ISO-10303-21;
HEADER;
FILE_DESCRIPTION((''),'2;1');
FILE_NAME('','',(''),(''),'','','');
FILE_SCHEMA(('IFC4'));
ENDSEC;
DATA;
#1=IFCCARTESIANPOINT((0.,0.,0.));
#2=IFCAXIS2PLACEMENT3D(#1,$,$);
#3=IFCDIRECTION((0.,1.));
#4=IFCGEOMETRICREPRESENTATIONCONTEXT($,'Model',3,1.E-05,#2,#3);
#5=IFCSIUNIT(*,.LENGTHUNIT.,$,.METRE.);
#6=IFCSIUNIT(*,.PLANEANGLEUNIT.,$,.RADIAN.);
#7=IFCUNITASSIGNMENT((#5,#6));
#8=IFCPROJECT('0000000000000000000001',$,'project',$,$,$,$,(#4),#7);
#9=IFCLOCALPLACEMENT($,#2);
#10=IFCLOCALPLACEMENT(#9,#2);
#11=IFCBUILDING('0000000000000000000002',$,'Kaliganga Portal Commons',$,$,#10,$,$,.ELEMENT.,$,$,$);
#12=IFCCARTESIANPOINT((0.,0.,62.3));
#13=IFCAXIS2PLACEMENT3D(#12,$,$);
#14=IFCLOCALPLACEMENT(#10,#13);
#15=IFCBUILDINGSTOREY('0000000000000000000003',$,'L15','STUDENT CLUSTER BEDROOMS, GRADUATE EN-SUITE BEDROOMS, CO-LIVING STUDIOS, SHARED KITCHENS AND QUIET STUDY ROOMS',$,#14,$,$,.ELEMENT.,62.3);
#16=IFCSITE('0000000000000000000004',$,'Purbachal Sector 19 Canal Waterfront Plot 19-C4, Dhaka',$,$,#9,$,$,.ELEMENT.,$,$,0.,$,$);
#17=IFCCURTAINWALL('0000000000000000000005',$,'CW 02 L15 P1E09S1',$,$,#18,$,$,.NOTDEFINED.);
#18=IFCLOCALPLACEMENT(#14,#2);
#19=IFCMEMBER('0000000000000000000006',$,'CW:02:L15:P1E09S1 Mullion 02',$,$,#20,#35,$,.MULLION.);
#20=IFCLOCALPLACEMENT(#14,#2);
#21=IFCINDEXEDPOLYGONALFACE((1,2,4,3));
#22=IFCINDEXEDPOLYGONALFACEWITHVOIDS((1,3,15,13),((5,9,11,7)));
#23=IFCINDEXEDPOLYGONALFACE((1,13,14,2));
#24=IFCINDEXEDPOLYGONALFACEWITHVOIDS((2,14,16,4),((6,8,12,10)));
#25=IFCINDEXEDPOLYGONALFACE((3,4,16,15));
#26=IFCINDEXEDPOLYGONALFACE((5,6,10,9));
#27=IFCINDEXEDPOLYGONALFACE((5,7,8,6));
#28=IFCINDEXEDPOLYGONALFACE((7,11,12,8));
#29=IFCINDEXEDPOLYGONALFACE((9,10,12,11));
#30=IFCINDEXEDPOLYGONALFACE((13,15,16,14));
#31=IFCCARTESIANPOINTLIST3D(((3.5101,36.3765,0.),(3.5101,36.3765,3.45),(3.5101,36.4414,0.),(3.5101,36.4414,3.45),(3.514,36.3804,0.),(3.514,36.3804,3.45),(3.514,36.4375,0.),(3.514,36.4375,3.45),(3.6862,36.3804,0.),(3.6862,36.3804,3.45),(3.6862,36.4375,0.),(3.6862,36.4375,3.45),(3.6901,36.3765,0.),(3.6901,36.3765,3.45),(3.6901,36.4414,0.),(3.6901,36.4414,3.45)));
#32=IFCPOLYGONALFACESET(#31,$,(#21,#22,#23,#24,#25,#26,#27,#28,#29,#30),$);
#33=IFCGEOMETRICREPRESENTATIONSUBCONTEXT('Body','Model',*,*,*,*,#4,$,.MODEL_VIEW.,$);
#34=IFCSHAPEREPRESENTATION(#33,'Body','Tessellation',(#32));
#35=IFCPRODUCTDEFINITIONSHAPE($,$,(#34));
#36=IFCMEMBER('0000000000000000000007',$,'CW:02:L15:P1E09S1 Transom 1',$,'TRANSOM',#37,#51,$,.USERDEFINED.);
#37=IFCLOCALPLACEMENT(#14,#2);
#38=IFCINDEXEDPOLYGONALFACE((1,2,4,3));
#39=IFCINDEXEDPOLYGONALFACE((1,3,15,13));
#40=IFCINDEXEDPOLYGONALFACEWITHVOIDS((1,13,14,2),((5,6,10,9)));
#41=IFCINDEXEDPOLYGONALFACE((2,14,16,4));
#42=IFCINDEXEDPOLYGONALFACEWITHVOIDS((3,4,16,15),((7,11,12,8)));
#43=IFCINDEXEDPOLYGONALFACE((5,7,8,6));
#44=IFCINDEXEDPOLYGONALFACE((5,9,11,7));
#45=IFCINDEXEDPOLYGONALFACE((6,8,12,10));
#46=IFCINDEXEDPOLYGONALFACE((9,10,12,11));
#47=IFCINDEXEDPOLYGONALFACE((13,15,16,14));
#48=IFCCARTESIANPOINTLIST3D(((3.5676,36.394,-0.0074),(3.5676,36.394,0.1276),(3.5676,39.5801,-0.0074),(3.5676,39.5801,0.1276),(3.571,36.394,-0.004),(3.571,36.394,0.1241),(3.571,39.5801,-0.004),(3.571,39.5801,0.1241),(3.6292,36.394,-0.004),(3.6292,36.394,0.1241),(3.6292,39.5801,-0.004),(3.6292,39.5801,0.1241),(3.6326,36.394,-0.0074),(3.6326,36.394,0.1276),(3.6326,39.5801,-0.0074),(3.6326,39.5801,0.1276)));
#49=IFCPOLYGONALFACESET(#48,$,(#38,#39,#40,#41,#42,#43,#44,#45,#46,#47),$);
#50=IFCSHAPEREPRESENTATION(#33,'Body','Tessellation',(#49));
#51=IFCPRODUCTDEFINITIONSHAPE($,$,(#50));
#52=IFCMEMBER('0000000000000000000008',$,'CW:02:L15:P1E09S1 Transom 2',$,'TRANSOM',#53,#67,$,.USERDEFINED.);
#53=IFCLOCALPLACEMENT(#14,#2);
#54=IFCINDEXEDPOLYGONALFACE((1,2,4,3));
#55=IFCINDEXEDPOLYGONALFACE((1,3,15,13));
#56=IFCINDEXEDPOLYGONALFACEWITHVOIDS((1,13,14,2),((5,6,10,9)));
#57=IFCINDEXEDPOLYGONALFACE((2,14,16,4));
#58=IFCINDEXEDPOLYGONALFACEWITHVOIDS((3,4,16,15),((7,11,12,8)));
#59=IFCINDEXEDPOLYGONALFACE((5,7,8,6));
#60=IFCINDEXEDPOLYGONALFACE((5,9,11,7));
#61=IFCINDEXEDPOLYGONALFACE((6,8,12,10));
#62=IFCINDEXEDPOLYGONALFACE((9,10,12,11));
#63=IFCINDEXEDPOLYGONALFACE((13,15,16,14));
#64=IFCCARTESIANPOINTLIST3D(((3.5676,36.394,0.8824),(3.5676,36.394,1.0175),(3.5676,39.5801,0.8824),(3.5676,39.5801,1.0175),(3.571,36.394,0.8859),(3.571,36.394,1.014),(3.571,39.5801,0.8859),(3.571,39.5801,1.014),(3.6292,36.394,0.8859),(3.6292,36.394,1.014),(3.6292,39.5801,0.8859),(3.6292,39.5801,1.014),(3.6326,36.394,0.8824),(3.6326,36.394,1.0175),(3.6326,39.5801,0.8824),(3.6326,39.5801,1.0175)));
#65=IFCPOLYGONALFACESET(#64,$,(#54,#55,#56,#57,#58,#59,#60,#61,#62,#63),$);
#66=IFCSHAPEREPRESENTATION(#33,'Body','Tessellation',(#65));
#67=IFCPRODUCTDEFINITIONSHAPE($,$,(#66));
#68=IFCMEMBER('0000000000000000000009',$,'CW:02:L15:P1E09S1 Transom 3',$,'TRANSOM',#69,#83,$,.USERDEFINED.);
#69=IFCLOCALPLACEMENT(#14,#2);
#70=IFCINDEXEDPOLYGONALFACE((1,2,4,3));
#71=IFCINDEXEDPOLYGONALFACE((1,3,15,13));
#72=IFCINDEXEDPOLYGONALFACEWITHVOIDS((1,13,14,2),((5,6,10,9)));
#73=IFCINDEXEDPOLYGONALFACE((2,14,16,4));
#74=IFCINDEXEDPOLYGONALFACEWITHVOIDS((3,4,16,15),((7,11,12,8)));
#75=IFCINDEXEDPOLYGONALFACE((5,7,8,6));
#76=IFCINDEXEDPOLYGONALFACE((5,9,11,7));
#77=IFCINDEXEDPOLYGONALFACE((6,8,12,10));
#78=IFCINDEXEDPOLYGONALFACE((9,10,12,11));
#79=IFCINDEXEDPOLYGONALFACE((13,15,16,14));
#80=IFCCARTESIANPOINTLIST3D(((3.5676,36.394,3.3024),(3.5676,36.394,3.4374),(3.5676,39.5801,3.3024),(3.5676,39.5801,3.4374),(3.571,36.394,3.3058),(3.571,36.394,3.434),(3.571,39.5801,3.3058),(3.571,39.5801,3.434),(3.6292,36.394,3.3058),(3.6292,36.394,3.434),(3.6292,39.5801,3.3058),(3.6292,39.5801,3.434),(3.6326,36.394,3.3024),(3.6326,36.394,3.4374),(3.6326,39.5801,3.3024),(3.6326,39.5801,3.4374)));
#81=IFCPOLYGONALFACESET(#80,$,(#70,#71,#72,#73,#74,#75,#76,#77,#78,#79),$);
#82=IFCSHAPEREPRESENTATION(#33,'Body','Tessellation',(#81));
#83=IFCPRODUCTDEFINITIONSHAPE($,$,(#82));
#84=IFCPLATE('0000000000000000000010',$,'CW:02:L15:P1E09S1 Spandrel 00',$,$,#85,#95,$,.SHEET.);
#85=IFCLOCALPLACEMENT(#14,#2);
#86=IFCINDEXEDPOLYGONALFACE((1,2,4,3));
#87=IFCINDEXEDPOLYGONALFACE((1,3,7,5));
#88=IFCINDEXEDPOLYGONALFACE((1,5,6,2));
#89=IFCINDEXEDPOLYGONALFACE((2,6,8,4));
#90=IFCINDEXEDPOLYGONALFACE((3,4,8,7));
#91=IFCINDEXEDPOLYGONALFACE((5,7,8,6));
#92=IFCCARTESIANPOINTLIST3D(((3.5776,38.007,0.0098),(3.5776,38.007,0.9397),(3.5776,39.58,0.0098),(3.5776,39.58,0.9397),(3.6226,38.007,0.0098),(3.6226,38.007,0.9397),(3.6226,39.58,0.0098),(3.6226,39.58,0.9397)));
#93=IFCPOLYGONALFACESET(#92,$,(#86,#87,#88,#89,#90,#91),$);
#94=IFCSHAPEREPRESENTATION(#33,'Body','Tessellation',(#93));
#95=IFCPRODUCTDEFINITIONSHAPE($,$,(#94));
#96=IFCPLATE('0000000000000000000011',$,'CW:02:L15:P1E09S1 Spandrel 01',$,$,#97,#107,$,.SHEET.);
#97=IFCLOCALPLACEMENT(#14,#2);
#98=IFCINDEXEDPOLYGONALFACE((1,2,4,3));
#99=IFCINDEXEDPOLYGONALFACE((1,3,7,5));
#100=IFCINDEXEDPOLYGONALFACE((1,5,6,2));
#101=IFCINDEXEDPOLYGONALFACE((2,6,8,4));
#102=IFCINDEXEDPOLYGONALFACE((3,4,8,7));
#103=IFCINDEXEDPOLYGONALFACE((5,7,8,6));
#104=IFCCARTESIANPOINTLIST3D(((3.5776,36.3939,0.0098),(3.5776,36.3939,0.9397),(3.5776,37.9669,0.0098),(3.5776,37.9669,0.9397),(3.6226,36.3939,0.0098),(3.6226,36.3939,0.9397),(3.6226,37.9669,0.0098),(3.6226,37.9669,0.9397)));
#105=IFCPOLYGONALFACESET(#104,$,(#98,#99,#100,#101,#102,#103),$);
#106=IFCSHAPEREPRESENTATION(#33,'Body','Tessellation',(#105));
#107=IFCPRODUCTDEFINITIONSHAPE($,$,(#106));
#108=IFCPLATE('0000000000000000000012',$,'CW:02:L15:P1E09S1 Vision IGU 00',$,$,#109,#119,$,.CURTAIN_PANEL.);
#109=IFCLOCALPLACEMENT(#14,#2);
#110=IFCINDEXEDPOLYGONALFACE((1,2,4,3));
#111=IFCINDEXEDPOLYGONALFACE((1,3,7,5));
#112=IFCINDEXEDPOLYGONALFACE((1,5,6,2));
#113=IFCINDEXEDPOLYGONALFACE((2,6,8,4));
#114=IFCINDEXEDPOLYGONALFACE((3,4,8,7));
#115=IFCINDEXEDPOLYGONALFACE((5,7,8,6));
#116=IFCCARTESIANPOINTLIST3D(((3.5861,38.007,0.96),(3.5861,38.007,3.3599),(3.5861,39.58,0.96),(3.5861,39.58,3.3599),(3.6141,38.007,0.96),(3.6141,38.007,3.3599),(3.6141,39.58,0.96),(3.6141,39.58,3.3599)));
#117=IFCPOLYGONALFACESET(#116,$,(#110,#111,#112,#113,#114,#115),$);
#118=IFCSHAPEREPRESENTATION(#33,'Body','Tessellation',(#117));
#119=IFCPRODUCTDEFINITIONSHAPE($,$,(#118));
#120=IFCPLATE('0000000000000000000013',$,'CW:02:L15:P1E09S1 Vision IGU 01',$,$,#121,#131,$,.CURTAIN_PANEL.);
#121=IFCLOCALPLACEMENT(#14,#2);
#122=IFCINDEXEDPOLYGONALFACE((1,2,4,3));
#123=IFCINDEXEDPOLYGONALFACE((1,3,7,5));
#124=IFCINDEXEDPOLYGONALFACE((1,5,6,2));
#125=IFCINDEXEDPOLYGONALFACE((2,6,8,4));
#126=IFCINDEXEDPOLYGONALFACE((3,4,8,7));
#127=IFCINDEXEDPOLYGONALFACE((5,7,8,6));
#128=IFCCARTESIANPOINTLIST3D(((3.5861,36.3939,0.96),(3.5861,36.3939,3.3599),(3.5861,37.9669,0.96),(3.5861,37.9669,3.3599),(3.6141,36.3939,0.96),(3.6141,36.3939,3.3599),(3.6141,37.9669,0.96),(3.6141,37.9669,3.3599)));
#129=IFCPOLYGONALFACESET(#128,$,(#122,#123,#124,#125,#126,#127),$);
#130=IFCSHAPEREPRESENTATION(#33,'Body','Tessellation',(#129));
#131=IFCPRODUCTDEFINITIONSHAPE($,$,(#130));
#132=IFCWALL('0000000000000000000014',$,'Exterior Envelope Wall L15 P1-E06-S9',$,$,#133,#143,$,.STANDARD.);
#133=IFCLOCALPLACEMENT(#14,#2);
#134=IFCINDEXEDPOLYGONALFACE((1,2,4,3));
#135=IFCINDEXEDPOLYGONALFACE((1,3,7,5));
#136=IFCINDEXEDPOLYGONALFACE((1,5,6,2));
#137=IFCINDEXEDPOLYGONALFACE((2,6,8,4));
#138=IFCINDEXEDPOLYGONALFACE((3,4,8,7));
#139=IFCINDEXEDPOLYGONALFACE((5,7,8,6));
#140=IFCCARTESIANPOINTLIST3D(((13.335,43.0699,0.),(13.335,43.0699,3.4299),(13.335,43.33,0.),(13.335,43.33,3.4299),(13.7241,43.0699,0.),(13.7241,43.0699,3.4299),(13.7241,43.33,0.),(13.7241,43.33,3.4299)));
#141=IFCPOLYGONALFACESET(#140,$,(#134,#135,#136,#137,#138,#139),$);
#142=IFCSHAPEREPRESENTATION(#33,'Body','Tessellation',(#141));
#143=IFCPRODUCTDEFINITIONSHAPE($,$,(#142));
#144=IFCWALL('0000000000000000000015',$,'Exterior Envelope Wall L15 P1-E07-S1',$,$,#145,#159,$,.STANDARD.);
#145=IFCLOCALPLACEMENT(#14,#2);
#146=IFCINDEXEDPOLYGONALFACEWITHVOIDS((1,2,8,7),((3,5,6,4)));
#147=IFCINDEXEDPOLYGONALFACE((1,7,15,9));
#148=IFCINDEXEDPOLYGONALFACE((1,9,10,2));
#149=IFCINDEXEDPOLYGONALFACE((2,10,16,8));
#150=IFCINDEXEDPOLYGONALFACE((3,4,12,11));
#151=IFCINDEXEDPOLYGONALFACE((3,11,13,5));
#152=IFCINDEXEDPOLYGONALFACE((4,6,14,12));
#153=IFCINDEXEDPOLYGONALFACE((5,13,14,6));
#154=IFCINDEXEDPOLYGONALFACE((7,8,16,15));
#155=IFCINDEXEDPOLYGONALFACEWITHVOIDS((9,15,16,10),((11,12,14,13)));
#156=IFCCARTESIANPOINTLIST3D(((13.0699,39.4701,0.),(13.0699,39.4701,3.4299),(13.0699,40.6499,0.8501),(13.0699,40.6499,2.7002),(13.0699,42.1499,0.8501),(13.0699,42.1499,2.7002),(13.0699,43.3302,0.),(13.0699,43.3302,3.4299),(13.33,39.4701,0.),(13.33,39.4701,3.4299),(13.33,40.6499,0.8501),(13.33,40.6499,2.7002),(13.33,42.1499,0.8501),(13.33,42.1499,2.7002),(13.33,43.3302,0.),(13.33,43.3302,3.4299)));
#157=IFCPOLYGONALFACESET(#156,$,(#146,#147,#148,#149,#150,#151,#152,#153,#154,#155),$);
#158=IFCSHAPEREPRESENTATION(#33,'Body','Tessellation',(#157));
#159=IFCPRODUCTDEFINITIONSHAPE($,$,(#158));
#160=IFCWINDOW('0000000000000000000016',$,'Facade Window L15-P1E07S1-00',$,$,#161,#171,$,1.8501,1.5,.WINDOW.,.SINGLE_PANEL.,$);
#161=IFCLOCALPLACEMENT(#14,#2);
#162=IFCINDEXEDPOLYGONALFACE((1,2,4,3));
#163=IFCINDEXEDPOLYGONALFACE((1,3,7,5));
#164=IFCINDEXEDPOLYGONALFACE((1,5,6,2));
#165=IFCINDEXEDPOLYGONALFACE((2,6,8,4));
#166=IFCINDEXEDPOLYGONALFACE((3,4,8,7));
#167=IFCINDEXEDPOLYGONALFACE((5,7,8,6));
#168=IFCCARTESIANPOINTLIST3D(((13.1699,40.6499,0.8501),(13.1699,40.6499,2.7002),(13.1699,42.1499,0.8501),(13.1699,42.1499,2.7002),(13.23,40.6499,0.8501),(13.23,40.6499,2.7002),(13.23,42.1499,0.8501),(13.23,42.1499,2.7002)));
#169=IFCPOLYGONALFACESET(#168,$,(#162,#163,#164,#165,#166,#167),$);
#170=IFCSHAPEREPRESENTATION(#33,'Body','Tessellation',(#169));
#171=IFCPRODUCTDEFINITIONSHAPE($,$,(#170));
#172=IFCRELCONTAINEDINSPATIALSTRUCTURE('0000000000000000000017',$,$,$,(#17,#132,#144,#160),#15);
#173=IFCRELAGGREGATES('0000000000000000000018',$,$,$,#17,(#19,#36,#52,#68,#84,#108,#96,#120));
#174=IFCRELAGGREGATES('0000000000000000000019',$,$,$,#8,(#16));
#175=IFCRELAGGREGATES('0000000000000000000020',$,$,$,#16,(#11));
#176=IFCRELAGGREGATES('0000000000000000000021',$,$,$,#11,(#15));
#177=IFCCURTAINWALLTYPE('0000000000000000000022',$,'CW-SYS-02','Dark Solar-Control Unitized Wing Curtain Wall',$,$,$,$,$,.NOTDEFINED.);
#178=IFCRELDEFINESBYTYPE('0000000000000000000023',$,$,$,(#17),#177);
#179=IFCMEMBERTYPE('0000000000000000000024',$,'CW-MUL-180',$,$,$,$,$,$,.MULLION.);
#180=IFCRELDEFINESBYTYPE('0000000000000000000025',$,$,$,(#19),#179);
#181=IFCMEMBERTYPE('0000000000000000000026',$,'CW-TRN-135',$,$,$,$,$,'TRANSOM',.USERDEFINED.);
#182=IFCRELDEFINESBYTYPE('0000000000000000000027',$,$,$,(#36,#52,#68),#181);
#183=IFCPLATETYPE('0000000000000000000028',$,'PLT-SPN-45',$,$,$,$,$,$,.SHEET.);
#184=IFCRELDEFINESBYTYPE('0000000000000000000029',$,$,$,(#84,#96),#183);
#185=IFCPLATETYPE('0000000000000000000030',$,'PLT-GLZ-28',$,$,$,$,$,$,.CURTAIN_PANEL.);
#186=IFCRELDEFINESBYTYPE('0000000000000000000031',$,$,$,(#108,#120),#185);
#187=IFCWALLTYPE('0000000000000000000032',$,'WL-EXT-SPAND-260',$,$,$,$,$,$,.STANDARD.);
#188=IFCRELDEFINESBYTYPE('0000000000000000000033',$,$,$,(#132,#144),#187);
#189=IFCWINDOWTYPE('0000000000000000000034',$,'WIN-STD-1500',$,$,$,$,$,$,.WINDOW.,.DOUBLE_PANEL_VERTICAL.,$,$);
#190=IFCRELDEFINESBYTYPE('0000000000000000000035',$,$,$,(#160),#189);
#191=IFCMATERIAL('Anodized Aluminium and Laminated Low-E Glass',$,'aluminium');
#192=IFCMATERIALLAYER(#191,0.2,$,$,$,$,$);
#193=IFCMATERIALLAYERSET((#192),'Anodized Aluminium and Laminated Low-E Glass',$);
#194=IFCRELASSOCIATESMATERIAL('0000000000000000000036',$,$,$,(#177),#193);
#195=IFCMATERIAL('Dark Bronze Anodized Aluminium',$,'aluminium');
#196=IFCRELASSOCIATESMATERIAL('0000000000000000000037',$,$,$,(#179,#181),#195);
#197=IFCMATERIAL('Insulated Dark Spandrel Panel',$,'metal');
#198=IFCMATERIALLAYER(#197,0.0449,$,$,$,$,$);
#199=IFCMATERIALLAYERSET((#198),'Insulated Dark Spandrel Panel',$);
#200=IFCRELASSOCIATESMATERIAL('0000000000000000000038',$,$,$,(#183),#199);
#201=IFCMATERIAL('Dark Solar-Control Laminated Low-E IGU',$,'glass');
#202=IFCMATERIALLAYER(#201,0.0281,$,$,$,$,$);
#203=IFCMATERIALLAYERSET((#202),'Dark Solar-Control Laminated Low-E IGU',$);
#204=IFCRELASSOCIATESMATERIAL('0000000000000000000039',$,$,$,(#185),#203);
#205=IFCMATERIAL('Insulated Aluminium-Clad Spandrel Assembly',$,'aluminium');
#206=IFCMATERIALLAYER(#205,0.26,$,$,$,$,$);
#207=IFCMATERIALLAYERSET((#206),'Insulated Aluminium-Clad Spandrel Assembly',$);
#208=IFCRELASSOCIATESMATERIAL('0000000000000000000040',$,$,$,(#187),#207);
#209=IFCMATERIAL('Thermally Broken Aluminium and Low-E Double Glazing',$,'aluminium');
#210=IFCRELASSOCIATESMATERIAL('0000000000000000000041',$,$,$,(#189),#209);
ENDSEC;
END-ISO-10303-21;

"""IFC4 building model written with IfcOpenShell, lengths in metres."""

from ifc_helpers import new_model, si_unit, direction, frame, frame_2d, origin, origin_2d, place, context, subcontext, project, spatial, rectangle, hollow_rectangle, extrude, source, transform, mapped, material, layer, layer_set, material_profile, profile_set, type_object, element, fill, aggregate, save


model = new_model("IFC4")

# Units and contexts
model_context = context("Model", 3, precision=1e-05, world=origin(), true_north=direction((0.0, 1.0)))
body_context = subcontext(model_context, "Body", "Model", "MODEL_VIEW")
ifc_project = project(units=[si_unit("LENGTHUNIT", "METRE"), si_unit("PLANEANGLEUNIT", "RADIAN")], contexts=[model_context])

# Site, building, storey
site_placement = place(None, origin())
site = spatial("IfcSite", under=ifc_project, at=site_placement, Name="Purbachal Sector 19 Canal Waterfront Plot 19-C4, Dhaka", CompositionType="ELEMENT", RefElevation=0.0)
building_placement = place(site_placement, origin())
building = spatial("IfcBuilding", under=site, at=building_placement, Name="Kaliganga Portal Commons", CompositionType="ELEMENT")
storey_placement = place(building_placement, frame((0.0, 0.0, 62.3)))
storey = spatial("IfcBuildingStorey", under=building, at=storey_placement, Name="L15", Description="STUDENT CLUSTER BEDROOMS, GRADUATE EN-SUITE BEDROOMS, CO-LIVING STUDIOS, SHARED KITCHENS AND QUIET STUDY ROOMS", CompositionType="ELEMENT", Elevation=62.3)

# Curtain wall, members, plates
ifc_material_1 = material(Name="Anodized Aluminium and Laminated Low-E Glass", Category="aluminium")
ifc_layer_1 = layer(ifc_material_1, 0.2)
ifc_layer_set_1 = layer_set([ifc_layer_1], Name="Anodized Aluminium and Laminated Low-E Glass")
curtain_wall_type = type_object("IfcCurtainWallType", Name="CW-SYS-02", Description="Dark Solar-Control Unitized Wing Curtain Wall", PredefinedType="NOTDEFINED", material=ifc_layer_set_1)
curtain_wall_placement = place(storey_placement, origin())
curtain_wall = element("IfcCurtainWall", 1, at=curtain_wall_placement, inside=storey, type_object=curtain_wall_type, Name="CW 02 L15 P1E09S1", PredefinedType="NOTDEFINED")
ifc_material_2 = material(Name="Dark Bronze Anodized Aluminium", Category="aluminium")
ifc_material_profile_1 = material_profile(ifc_material_2, hollow_rectangle(XDim=0.0649, YDim=0.1799, WallThickness=0.0039, at=origin_2d()), Name="ALU MULL 65x180x4")
ifc_profile_set_1 = profile_set([ifc_material_profile_1], Name="Dark Bronze Anodized Aluminium")
member_type_1 = type_object("IfcMemberType", Name="CW-MUL-180", PredefinedType="MULLION", material=ifc_profile_set_1)
shared_shape_1 = source(origin(), body_context, "Body", "SweptSolid", [
    extrude(hollow_rectangle(XDim=0.0649, YDim=0.1799, WallThickness=0.0039, at=origin_2d()), origin(), (0.0, 0.0, 1.0), 3.45),
])
member_1_placement = place(storey_placement, frame((3.6001, 36.4089, 0.0), z_axis=(0.0, 0.0, 1.0), x_axis=(0.0, -1.0, 0.0)))
member_1 = element("IfcMember", 2, at=member_1_placement, type_object=member_type_1, Name="CW:02:L15:P1E09S1 Mullion 02", PredefinedType="MULLION", context=body_context, shape_type="MappedRepresentation", body=[
    mapped(shared_shape_1, transform((0.0, 0.0, 0.0), x_axis=(1.0, 0.0, 0.0), y_axis=(0.0, 1.0, 0.0), z_axis=(0.0, 0.0, 1.0), scale=1.0)),
])
ifc_material_profile_2 = material_profile(ifc_material_2, hollow_rectangle(XDim=0.0649, YDim=0.135, WallThickness=0.0034, at=origin_2d()), Name="ALU TRAN 65x135x3.5")
ifc_profile_set_2 = profile_set([ifc_material_profile_2], Name="Dark Bronze Anodized Aluminium")
member_type_2 = type_object("IfcMemberType", Name="CW-TRN-135", ElementType="TRANSOM", PredefinedType="USERDEFINED", material=ifc_profile_set_2)
shared_shape_2 = source(origin(), body_context, "Body", "SweptSolid", [
    extrude(hollow_rectangle(XDim=0.0649, YDim=0.135, WallThickness=0.0034, at=origin_2d()), origin(), (0.0, 0.0, 1.0), 3.186),
])
member_2_placement = place(storey_placement, frame((3.6001, 39.5801, 0.0601), z_axis=(0.0, -1.0, 0.0), x_axis=(1.0, 0.0, 0.0)))
member_2 = element("IfcMember", 3, at=member_2_placement, type_object=member_type_2, Name="CW:02:L15:P1E09S1 Transom 1", ObjectType="TRANSOM", PredefinedType="USERDEFINED", context=body_context, shape_type="MappedRepresentation", body=[
    mapped(shared_shape_2, transform((0.0, 0.0, 0.0), x_axis=(1.0, 0.0, 0.0), y_axis=(0.0, 1.0, 0.0), z_axis=(0.0, 0.0, 1.0), scale=1.0)),
])
member_3_placement = place(storey_placement, frame((3.6001, 39.5801, 0.95), z_axis=(0.0, -1.0, 0.0), x_axis=(1.0, 0.0, 0.0)))
member_3 = element("IfcMember", 4, at=member_3_placement, type_object=member_type_2, Name="CW:02:L15:P1E09S1 Transom 2", ObjectType="TRANSOM", PredefinedType="USERDEFINED", context=body_context, shape_type="MappedRepresentation", body=[
    mapped(shared_shape_2, transform((0.0, 0.0, 0.0), x_axis=(1.0, 0.0, 0.0), y_axis=(0.0, 1.0, 0.0), z_axis=(0.0, 0.0, 1.0), scale=1.0)),
])
member_4_placement = place(storey_placement, frame((3.6001, 39.5801, 3.3699), z_axis=(0.0, -1.0, 0.0), x_axis=(1.0, 0.0, 0.0)))
member_4 = element("IfcMember", 5, at=member_4_placement, type_object=member_type_2, Name="CW:02:L15:P1E09S1 Transom 3", ObjectType="TRANSOM", PredefinedType="USERDEFINED", context=body_context, shape_type="MappedRepresentation", body=[
    mapped(shared_shape_2, transform((0.0, 0.0, 0.0), x_axis=(1.0, 0.0, 0.0), y_axis=(0.0, 1.0, 0.0), z_axis=(0.0, 0.0, 1.0), scale=1.0)),
])
ifc_material_3 = material(Name="Insulated Dark Spandrel Panel", Category="metal")
ifc_layer_2 = layer(ifc_material_3, 0.0449)
ifc_layer_set_2 = layer_set([ifc_layer_2], Name="Insulated Dark Spandrel Panel")
plate_type_1 = type_object("IfcPlateType", Name="PLT-SPN-45", PredefinedType="SHEET", material=ifc_layer_set_2)
shared_shape_3 = source(origin(), body_context, "Body", "SweptSolid", [
    extrude(rectangle(XDim=1.573, YDim=0.0449, at=origin_2d()), origin(), (0.0, 0.0, 1.0), 0.9299),
])
plate_1_placement = place(storey_placement, frame((3.6001, 38.7935, 0.0098), z_axis=(0.0, 0.0, 1.0), x_axis=(0.0, -1.0, 0.0)))
plate_1 = element("IfcPlate", 6, at=plate_1_placement, type_object=plate_type_1, Name="CW:02:L15:P1E09S1 Spandrel 00", PredefinedType="SHEET", context=body_context, shape_type="MappedRepresentation", body=[
    mapped(shared_shape_3, transform((0.0, 0.0, 0.0), x_axis=(1.0, 0.0, 0.0), y_axis=(0.0, 1.0, 0.0), z_axis=(0.0, 0.0, 1.0), scale=1.0)),
])
plate_2_placement = place(storey_placement, frame((3.6001, 37.1804, 0.0098), z_axis=(0.0, 0.0, 1.0), x_axis=(0.0, -1.0, 0.0)))
plate_2 = element("IfcPlate", 7, at=plate_2_placement, type_object=plate_type_1, Name="CW:02:L15:P1E09S1 Spandrel 01", PredefinedType="SHEET", context=body_context, shape_type="MappedRepresentation", body=[
    mapped(shared_shape_3, transform((0.0, 0.0, 0.0), x_axis=(1.0, 0.0, 0.0), y_axis=(0.0, 1.0, 0.0), z_axis=(0.0, 0.0, 1.0), scale=1.0)),
])
ifc_material_4 = material(Name="Dark Solar-Control Laminated Low-E IGU", Category="glass")
ifc_layer_3 = layer(ifc_material_4, 0.0281)
ifc_layer_set_3 = layer_set([ifc_layer_3], Name="Dark Solar-Control Laminated Low-E IGU")
plate_type_2 = type_object("IfcPlateType", Name="PLT-GLZ-28", PredefinedType="CURTAIN_PANEL", material=ifc_layer_set_3)
shared_shape_4 = source(origin(), body_context, "Body", "SweptSolid", [
    extrude(rectangle(XDim=1.573, YDim=0.0281, at=origin_2d()), origin(), (0.0, 0.0, 1.0), 2.3999),
])
plate_3_placement = place(storey_placement, frame((3.6001, 38.7935, 0.96), z_axis=(0.0, 0.0, 1.0), x_axis=(0.0, -1.0, 0.0)))
plate_3 = element("IfcPlate", 8, at=plate_3_placement, type_object=plate_type_2, Name="CW:02:L15:P1E09S1 Vision IGU 00", PredefinedType="CURTAIN_PANEL", context=body_context, shape_type="MappedRepresentation", body=[
    mapped(shared_shape_4, transform((0.0, 0.0, 0.0), x_axis=(1.0, 0.0, 0.0), y_axis=(0.0, 1.0, 0.0), z_axis=(0.0, 0.0, 1.0), scale=1.0)),
])
plate_4_placement = place(storey_placement, frame((3.6001, 37.1804, 0.96), z_axis=(0.0, 0.0, 1.0), x_axis=(0.0, -1.0, 0.0)))
plate_4 = element("IfcPlate", 9, at=plate_4_placement, type_object=plate_type_2, Name="CW:02:L15:P1E09S1 Vision IGU 01", PredefinedType="CURTAIN_PANEL", context=body_context, shape_type="MappedRepresentation", body=[
    mapped(shared_shape_4, transform((0.0, 0.0, 0.0), x_axis=(1.0, 0.0, 0.0), y_axis=(0.0, 1.0, 0.0), z_axis=(0.0, 0.0, 1.0), scale=1.0)),
])
aggregate(curtain_wall, [member_1, member_2, member_3, member_4, plate_1, plate_3, plate_2, plate_4])

# Wall
ifc_material_5 = material(Name="Insulated Aluminium-Clad Spandrel Assembly", Category="aluminium")
ifc_layer_4 = layer(ifc_material_5, 0.26)
ifc_layer_set_4 = layer_set([ifc_layer_4], Name="Insulated Aluminium-Clad Spandrel Assembly")
wall_type_1 = type_object("IfcWallType", Name="WL-EXT-SPAND-260", PredefinedType="STANDARD", material=ifc_layer_set_4)
wall_1_placement = place(storey_placement, frame((13.335, 43.2, 0.0), z_axis=(0.0, 0.0, 1.0), x_axis=(1.0, 0.0, 0.0)))
element("IfcWall", 10, at=wall_1_placement, inside=storey, type_object=wall_type_1, Name="Exterior Envelope Wall L15 P1-E06-S9", PredefinedType="STANDARD", context=body_context, shape_type="SweptSolid", body=[
    extrude(rectangle(XDim=0.3892, YDim=0.26, at=frame_2d((0.1946, 0.0))), origin(), (0.0, 0.0, 1.0), 3.4299),
])

# Wall, opening, window
wall_2_placement = place(storey_placement, frame((13.2, 39.47, 0.0), z_axis=(0.0, 0.0, 1.0), x_axis=(0.0, 1.0, 0.0)))
wall_2 = element("IfcWall", 11, at=wall_2_placement, inside=storey, type_object=wall_type_1, Name="Exterior Envelope Wall L15 P1-E07-S1", PredefinedType="STANDARD", context=body_context, shape_type="SweptSolid", body=[
    extrude(rectangle(XDim=3.8601, YDim=0.26, at=frame_2d((1.9302, 0.0))), origin(), (0.0, 0.0, 1.0), 3.4299),
])
opening_1_placement = place(wall_2_placement, frame((1.1799, 0.0, 0.8501)))
opening_1 = element("IfcOpeningElement", 12, at=opening_1_placement, cuts=wall_2, PredefinedType="OPENING", context=body_context, shape_type="SweptSolid", body=[
    extrude(rectangle(XDim=1.5, YDim=1.8501, at=frame_2d((0.75, 0.925))), frame((0.0, 0.1401, 0.0), z_axis=(0.0, -1.0, 0.0), x_axis=(1.0, 0.0, 0.0)), (0.0, 0.0, 1.0), 0.28),
])
ifc_material_6 = material(Name="Thermally Broken Aluminium and Low-E Double Glazing", Category="aluminium")
window_type = type_object("IfcWindowType", Name="WIN-STD-1500", PartitioningType="DOUBLE_PANEL_VERTICAL", PredefinedType="WINDOW", material=ifc_material_6)
window_1_placement = place(opening_1_placement, origin())
window_1 = element("IfcWindow", 13, at=window_1_placement, inside=storey, type_object=window_type, Name="Facade Window L15-P1E07S1-00", OverallHeight=1.8501, OverallWidth=1.5, PartitioningType="SINGLE_PANEL", PredefinedType="WINDOW", context=body_context, shape_type="SweptSolid", body=[
    extrude(rectangle(XDim=1.5, YDim=1.8501, at=frame_2d((0.75, 0.925))), frame((0.0, 0.03, 0.0), z_axis=(0.0, -1.0, 0.0), x_axis=(1.0, 0.0, 0.0)), (0.0, 0.0, 1.0), 0.0601),
])
fill(opening_1, window_1)

save(model, "model.ifc")
